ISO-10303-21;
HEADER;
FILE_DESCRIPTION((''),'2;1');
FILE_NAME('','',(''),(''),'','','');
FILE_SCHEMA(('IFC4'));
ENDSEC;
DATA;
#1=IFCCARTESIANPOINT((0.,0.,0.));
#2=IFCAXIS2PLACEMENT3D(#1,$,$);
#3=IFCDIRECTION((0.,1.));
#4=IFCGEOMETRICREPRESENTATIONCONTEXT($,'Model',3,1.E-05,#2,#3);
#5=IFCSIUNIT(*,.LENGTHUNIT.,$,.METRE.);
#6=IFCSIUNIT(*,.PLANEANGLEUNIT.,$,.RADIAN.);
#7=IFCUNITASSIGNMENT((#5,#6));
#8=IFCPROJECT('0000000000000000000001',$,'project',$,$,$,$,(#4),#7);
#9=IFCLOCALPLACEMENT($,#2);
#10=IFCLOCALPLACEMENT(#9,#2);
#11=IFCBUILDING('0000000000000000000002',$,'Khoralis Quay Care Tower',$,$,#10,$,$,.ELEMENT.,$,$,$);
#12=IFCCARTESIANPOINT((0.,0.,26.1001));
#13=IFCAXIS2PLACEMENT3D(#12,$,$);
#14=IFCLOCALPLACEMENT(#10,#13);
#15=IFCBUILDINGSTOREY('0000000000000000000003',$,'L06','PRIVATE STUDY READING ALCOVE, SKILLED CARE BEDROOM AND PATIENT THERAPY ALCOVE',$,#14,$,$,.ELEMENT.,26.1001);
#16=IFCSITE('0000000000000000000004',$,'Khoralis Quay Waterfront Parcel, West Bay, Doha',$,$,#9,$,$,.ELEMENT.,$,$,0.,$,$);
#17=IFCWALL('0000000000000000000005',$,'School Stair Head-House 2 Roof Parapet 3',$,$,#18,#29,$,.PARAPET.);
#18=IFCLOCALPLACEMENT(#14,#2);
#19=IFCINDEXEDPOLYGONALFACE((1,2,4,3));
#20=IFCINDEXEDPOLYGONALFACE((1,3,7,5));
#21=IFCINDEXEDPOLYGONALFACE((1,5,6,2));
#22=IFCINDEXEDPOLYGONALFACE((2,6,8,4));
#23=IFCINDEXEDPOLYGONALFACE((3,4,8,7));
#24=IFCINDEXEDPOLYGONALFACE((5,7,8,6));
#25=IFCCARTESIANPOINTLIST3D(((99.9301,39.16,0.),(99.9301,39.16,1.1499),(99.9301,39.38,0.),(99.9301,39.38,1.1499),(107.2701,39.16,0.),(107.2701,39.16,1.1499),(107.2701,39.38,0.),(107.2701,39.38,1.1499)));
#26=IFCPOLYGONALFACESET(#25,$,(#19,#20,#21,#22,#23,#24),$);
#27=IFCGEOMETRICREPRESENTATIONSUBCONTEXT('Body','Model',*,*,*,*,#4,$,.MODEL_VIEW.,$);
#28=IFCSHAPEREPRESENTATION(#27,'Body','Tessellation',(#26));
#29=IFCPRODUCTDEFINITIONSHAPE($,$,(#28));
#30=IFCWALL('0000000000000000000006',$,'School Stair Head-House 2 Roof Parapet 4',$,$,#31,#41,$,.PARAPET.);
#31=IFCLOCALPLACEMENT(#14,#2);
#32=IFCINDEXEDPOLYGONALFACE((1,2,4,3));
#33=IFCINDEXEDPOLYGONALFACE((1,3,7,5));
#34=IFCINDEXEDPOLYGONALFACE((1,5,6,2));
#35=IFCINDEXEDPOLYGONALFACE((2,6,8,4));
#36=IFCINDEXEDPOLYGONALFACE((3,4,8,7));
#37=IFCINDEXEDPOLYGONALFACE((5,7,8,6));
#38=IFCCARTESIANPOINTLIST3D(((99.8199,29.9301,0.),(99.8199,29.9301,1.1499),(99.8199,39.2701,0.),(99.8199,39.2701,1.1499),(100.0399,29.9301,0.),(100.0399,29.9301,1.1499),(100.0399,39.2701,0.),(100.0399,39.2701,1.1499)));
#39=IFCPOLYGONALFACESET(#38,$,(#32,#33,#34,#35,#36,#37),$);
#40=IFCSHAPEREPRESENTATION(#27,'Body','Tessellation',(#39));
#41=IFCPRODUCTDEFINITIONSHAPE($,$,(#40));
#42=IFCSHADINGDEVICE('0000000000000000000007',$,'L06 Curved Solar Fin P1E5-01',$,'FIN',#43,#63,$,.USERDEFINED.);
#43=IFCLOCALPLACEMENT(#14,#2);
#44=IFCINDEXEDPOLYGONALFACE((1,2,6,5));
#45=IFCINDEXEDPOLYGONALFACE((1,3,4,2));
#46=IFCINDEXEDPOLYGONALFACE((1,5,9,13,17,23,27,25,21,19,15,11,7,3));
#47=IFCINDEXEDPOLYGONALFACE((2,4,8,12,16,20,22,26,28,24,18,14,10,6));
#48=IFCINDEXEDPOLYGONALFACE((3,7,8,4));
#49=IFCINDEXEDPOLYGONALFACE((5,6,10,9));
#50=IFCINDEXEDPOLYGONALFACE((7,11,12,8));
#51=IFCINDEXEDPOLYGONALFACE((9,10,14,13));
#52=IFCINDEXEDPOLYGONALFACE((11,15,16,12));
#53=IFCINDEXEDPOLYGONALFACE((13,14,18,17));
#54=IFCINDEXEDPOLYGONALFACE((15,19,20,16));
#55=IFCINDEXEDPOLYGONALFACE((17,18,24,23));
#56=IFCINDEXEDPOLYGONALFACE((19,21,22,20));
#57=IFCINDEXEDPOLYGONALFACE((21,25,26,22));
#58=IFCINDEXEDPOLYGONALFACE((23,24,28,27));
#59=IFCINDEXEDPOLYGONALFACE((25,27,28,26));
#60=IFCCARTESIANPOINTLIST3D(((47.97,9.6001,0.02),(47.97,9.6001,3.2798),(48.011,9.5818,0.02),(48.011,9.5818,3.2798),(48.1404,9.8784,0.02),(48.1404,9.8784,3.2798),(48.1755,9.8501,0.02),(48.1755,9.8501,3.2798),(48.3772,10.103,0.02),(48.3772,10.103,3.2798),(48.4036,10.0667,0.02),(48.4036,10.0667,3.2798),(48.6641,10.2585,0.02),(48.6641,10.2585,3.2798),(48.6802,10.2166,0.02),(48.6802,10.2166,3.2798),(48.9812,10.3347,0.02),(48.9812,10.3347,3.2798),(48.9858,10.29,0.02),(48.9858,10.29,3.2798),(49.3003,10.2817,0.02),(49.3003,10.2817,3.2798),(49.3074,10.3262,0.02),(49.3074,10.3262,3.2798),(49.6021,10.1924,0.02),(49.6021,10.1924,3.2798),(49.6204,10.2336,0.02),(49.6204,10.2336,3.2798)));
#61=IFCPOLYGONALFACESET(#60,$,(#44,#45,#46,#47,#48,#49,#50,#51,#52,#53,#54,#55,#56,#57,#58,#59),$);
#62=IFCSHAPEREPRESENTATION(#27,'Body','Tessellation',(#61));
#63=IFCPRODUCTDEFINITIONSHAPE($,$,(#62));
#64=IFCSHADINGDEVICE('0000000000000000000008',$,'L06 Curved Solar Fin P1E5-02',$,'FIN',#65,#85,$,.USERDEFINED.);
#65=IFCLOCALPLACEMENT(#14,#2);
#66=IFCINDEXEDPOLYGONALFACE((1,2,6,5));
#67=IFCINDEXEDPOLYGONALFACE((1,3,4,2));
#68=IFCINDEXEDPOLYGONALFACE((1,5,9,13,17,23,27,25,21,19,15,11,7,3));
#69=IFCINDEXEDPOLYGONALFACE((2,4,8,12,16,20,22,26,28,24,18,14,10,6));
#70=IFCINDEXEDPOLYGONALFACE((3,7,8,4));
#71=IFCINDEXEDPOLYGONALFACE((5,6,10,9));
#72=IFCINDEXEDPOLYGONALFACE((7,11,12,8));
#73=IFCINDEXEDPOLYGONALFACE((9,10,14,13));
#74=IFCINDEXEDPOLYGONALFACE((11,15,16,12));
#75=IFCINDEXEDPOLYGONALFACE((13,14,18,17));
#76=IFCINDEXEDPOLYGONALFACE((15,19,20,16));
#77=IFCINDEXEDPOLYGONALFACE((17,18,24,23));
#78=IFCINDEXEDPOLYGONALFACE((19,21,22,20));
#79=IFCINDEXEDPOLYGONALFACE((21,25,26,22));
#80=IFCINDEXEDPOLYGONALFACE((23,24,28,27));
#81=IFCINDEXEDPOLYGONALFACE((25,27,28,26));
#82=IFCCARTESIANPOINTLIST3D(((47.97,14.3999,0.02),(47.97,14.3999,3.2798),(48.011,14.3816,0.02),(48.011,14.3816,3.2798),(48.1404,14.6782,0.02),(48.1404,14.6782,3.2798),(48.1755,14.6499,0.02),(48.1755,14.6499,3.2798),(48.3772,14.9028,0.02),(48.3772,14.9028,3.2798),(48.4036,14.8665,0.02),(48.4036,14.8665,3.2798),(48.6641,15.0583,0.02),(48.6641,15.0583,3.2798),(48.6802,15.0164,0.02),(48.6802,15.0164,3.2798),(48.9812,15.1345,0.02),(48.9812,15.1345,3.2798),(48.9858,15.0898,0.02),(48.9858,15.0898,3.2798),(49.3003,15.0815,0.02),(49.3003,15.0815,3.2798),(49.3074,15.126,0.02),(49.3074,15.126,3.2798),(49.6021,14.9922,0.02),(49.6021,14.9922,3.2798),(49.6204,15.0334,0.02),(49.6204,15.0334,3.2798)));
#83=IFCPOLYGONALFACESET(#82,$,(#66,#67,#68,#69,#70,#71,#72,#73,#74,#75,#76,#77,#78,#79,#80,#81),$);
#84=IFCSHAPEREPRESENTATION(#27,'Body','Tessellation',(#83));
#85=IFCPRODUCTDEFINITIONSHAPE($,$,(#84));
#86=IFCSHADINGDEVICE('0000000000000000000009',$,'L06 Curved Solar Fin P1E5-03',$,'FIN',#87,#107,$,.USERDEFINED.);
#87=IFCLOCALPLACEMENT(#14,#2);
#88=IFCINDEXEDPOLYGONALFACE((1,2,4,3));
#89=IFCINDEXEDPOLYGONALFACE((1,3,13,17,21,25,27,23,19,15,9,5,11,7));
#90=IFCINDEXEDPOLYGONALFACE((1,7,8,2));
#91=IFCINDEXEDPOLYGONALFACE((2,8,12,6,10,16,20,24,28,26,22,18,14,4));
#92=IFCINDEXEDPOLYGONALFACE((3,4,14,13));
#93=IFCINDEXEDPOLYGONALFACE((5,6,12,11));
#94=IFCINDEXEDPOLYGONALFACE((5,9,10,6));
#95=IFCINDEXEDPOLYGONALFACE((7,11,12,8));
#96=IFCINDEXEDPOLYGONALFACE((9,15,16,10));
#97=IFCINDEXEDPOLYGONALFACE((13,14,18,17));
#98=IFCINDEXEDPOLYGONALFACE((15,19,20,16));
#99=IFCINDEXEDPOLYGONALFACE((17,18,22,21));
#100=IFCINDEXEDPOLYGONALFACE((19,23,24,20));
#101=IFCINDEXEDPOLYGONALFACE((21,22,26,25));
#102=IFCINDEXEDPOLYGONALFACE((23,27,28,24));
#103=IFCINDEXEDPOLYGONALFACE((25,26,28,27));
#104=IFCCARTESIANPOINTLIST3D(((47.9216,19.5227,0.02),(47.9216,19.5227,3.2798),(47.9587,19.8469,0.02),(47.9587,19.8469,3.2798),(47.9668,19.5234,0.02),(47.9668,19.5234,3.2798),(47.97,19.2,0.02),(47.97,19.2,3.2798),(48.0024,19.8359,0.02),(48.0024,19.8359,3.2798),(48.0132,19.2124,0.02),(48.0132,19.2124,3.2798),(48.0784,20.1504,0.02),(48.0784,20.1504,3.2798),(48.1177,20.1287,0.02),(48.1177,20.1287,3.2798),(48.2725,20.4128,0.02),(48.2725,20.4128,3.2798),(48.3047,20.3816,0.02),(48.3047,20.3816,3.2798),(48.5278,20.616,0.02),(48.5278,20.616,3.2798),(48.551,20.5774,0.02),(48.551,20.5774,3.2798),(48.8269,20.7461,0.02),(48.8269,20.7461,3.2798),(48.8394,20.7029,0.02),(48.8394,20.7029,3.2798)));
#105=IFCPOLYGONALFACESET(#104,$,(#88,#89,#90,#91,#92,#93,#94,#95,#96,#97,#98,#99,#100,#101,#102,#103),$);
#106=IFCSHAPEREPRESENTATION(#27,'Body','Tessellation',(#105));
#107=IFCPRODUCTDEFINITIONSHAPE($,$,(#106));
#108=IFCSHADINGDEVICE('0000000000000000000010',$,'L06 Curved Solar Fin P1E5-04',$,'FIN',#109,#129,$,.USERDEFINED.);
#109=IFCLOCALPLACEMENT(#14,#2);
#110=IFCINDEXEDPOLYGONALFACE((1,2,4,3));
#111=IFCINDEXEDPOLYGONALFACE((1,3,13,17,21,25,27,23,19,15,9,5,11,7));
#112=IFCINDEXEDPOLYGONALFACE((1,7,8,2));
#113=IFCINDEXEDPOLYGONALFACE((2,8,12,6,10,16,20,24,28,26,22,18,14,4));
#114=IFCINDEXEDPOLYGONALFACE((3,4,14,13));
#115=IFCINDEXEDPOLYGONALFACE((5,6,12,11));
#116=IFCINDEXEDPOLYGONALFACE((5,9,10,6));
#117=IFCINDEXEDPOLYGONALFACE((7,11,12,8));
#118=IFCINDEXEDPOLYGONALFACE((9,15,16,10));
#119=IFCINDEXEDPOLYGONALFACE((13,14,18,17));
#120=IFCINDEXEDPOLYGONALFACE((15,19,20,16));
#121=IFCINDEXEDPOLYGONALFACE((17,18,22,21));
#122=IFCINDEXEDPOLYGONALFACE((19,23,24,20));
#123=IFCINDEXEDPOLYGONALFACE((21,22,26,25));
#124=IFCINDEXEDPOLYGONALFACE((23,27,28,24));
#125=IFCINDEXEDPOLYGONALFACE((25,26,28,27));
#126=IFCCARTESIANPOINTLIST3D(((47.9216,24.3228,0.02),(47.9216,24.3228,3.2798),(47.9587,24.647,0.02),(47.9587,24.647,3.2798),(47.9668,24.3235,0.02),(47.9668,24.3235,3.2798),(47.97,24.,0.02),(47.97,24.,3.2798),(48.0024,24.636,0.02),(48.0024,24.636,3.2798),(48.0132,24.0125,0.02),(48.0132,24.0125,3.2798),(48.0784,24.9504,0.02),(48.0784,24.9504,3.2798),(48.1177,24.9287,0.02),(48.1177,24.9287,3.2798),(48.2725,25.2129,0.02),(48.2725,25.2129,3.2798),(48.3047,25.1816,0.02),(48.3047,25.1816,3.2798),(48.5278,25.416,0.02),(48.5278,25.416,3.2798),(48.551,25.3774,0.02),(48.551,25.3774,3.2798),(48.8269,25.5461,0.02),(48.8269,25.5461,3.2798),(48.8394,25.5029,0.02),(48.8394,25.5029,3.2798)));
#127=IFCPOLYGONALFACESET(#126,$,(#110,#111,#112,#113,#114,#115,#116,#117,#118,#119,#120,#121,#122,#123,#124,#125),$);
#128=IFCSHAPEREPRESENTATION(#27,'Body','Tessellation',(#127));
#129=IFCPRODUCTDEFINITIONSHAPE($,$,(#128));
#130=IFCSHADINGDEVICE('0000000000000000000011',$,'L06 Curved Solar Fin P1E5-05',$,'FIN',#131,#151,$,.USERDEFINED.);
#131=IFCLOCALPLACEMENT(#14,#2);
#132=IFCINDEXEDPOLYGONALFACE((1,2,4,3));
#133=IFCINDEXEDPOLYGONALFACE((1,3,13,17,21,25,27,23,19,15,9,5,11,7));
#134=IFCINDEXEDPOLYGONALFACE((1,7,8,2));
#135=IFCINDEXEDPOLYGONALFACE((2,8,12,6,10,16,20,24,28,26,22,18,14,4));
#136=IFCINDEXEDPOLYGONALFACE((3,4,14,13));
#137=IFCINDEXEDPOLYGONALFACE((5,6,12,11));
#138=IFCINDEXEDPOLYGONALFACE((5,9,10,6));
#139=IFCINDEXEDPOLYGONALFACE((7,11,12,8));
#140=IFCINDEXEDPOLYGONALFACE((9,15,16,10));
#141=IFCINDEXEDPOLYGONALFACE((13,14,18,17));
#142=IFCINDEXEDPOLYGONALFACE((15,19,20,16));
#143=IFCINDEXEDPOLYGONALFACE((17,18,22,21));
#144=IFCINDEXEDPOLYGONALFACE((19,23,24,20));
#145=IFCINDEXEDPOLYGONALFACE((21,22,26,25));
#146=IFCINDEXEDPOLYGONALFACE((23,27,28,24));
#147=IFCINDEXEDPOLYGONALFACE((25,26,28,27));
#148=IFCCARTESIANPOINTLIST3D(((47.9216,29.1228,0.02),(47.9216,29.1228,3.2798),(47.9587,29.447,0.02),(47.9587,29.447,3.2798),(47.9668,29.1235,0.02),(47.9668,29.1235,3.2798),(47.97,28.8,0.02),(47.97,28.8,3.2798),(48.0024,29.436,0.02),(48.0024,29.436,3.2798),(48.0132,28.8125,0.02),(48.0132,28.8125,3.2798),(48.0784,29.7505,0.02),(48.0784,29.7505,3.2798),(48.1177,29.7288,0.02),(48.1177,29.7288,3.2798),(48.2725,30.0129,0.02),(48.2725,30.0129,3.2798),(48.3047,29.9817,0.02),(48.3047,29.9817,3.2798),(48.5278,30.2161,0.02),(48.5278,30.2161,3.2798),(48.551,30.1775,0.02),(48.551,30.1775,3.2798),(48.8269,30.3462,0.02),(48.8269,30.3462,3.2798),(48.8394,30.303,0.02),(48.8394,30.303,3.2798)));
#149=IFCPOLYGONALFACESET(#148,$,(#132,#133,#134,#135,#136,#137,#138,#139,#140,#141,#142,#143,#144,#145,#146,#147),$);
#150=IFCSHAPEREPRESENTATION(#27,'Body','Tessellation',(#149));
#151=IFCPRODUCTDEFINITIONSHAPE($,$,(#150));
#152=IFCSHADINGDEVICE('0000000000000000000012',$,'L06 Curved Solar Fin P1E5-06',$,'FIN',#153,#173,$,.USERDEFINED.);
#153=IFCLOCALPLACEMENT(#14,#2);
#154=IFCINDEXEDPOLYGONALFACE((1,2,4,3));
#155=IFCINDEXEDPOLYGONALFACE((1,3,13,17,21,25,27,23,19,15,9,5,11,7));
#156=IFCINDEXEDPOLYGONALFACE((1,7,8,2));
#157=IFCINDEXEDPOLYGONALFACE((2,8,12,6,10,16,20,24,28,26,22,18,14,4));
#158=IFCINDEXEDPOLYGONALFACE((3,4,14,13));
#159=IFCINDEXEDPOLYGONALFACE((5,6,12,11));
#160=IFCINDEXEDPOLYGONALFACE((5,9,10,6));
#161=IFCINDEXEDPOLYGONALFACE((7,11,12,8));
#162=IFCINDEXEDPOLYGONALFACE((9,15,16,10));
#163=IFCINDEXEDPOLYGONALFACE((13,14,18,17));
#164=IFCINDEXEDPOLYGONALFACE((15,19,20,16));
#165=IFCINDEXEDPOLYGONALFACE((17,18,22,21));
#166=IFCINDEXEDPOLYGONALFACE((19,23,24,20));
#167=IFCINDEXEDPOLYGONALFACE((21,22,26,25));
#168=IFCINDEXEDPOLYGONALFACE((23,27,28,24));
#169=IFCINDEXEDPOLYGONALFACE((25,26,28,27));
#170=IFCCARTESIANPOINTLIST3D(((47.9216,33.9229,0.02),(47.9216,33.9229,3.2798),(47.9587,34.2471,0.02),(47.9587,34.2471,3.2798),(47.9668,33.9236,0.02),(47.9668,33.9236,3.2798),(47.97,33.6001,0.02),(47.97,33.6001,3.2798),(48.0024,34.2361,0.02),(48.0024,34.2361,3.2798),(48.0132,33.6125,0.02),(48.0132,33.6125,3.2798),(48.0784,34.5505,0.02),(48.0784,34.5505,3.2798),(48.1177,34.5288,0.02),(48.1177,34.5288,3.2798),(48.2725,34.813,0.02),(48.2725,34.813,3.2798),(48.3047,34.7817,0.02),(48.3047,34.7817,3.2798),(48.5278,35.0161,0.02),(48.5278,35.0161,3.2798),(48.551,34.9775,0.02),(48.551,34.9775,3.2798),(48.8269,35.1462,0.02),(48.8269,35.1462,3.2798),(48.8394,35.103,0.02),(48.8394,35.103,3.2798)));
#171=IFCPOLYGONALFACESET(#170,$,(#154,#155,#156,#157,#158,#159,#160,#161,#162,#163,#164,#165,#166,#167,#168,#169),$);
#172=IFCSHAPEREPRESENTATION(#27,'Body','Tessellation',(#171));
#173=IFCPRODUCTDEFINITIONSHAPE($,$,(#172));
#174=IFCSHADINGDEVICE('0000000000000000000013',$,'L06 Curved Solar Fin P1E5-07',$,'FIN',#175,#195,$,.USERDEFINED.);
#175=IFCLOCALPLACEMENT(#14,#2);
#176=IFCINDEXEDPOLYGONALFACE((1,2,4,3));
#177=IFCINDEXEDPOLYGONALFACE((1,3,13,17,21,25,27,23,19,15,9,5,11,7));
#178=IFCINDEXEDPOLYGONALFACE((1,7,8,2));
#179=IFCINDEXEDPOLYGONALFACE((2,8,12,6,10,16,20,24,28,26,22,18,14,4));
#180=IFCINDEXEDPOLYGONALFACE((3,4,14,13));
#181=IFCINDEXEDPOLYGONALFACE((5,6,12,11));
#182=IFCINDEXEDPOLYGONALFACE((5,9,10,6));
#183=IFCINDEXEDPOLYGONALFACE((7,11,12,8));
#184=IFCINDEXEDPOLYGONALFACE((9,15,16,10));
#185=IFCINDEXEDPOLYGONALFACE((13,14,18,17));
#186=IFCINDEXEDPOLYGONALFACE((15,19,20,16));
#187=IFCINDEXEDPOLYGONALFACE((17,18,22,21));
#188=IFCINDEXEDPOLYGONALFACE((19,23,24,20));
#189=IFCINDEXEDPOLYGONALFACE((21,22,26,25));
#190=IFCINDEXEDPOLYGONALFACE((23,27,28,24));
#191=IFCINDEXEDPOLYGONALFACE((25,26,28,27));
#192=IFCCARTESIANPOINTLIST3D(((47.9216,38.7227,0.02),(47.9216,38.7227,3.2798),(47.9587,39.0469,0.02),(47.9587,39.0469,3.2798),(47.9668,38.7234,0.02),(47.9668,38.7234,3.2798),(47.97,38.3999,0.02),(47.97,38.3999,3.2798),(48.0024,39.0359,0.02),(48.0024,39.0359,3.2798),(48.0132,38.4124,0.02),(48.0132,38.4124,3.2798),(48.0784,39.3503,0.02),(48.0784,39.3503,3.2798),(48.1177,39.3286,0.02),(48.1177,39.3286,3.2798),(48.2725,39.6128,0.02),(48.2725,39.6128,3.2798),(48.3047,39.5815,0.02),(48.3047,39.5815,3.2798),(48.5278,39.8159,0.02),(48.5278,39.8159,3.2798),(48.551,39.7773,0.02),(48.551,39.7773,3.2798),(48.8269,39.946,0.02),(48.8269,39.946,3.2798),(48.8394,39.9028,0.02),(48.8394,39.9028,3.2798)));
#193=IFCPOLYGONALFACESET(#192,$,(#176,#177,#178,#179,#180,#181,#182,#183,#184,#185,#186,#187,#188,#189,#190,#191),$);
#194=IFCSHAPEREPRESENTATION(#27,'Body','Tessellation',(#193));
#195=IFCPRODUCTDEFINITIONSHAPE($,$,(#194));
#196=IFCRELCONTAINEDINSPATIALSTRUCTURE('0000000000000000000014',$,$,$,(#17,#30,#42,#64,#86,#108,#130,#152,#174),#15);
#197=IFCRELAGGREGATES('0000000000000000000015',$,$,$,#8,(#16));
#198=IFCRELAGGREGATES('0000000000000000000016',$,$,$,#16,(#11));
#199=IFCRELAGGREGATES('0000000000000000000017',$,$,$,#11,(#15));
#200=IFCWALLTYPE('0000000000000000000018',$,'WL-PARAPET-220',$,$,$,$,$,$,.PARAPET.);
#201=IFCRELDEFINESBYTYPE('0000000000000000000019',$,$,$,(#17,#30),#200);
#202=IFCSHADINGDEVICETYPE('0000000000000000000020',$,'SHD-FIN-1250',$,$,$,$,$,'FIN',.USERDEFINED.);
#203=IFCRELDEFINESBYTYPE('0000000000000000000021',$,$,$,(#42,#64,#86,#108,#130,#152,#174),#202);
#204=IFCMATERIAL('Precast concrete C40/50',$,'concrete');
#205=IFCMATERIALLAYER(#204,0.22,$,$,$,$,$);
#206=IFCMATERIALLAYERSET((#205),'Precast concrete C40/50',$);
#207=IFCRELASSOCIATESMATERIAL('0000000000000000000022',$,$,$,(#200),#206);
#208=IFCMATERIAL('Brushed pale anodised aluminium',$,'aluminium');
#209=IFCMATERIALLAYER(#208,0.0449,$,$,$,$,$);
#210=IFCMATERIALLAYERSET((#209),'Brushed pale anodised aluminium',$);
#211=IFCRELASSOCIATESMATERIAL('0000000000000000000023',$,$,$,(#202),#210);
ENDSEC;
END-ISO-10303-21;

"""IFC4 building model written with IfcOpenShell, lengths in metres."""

from ifc_helpers import new_model, si_unit, direction, frame, frame_2d, origin, place, context, subcontext, project, spatial, polyline, rectangle, outline, extrude, source, transform, mapped, material, layer, layer_set, type_object, element, save


model = new_model("IFC4")

# Units and contexts
model_context = context("Model", 3, precision=1e-05, world=origin(), true_north=direction((0.0, 1.0)))
body_context = subcontext(model_context, "Body", "Model", "MODEL_VIEW")
ifc_project = project(units=[si_unit("LENGTHUNIT", "METRE"), si_unit("PLANEANGLEUNIT", "RADIAN")], contexts=[model_context])

# Site, building, storey
site_placement = place(None, origin())
site = spatial("IfcSite", under=ifc_project, at=site_placement, Name="Khoralis Quay Waterfront Parcel, West Bay, Doha", CompositionType="ELEMENT", RefElevation=0.0)
building_placement = place(site_placement, origin())
building = spatial("IfcBuilding", under=site, at=building_placement, Name="Khoralis Quay Care Tower", CompositionType="ELEMENT")
storey_placement = place(building_placement, frame((0.0, 0.0, 26.1001)))
storey = spatial("IfcBuildingStorey", under=building, at=storey_placement, Name="L06", Description="PRIVATE STUDY READING ALCOVE, SKILLED CARE BEDROOM AND PATIENT THERAPY ALCOVE", CompositionType="ELEMENT", Elevation=26.1001)

# Walls
ifc_material_1 = material(Name="Precast concrete C40/50", Category="concrete")
ifc_layer_1 = layer(ifc_material_1, 0.22)
ifc_layer_set_1 = layer_set([ifc_layer_1], Name="Precast concrete C40/50")
wall_type_1 = type_object("IfcWallType", Name="WL-PARAPET-220", PredefinedType="PARAPET", material=ifc_layer_set_1)
wall_1_placement = place(storey_placement, frame((107.27, 39.27, 0.0), z_axis=(0.0, 0.0, 1.0), x_axis=(-1.0, 0.0, 0.0)))
element("IfcWall", 1, at=wall_1_placement, inside=storey, type_object=wall_type_1, Name="School Stair Head-House 2 Roof Parapet 3", PredefinedType="PARAPET", context=body_context, shape_type="SweptSolid", body=[
    extrude(rectangle(XDim=7.3401, YDim=0.22, at=frame_2d((3.6699, 0.0))), origin(), (0.0, 0.0, 1.0), 1.1499),
])
wall_2_placement = place(storey_placement, frame((99.9299, 39.27, 0.0), z_axis=(0.0, 0.0, 1.0), x_axis=(0.0, -1.0, 0.0)))
element("IfcWall", 2, at=wall_2_placement, inside=storey, type_object=wall_type_1, Name="School Stair Head-House 2 Roof Parapet 4", PredefinedType="PARAPET", context=body_context, shape_type="SweptSolid", body=[
    extrude(rectangle(XDim=9.3401, YDim=0.22, at=frame_2d((4.6699, 0.0))), origin(), (0.0, 0.0, 1.0), 1.1499),
])

# Shading devices
ifc_material_2 = material(Name="Brushed pale anodised aluminium", Category="aluminium")
ifc_layer_2 = layer(ifc_material_2, 0.0449)
ifc_layer_set_2 = layer_set([ifc_layer_2], Name="Brushed pale anodised aluminium")
shading_device_type = type_object("IfcShadingDeviceType", Name="SHD-FIN-1250", ElementType="FIN", PredefinedType="USERDEFINED", material=ifc_layer_set_2)
shared_shape_1 = source(origin(), body_context, "Body", "SweptSolid", [
    extrude(outline(polyline([(0.0, 0.0), (0.1704, 0.2783), (0.4072, 0.5029), (0.6941, 0.6584), (1.0112, 0.7346), (1.3374, 0.7261), (1.6504, 0.6335), (1.6321, 0.5923), (1.3303, 0.6816), (1.0159, 0.6899), (0.7102, 0.6165), (0.4336, 0.4666), (0.2056, 0.25), (0.041, -0.0183), (0.0, 0.0)])), origin(), (0.0, 0.0, 1.0), 3.2598),
])
for number, where, z_axis, x_axis, name in (
    (3, (47.97, 9.6001, 0.02), (0.0, 0.0, 1.0), (1.0, 0.0, 0.0), "L06 Curved Solar Fin P1E5-01"),
    (4, (47.97, 14.3999, 0.02), (0.0, 0.0, 1.0), (1.0, 0.0, 0.0), "L06 Curved Solar Fin P1E5-02"),
):
    element("IfcShadingDevice", number, at=place(storey_placement, frame(where, z_axis=z_axis, x_axis=x_axis)), inside=storey, type_object=shading_device_type, Name=name, ObjectType="FIN", PredefinedType="USERDEFINED", context=body_context, shape_type="MappedRepresentation", body=[
        mapped(shared_shape_1, transform((0.0, 0.0, 0.0), scale=1.0)),
    ])
shared_shape_2 = source(origin(), body_context, "Body", "SweptSolid", [
    extrude(outline(polyline([(0.0, 0.0), (-0.0483, 0.3228), (-0.0112, 0.647), (0.1084, 0.9504), (0.3025, 1.2129), (0.5579, 1.416), (0.8569, 1.5461), (0.8694, 1.5029), (0.5811, 1.3774), (0.3347, 1.1816), (0.1477, 0.9287), (0.0325, 0.636), (-0.0032, 0.3235), (0.0432, 0.0125), (0.0, 0.0)])), origin(), (0.0, 0.0, 1.0), 3.2598),
])
for number, where, z_axis, x_axis, name in (
    (5, (47.97, 19.2, 0.02), (0.0, 0.0, 1.0), (1.0, 0.0, 0.0), "L06 Curved Solar Fin P1E5-03"),
    (6, (47.97, 24.0, 0.02), (0.0, 0.0, 1.0), (1.0, 0.0, 0.0), "L06 Curved Solar Fin P1E5-04"),
    (7, (47.97, 28.8, 0.02), (0.0, 0.0, 1.0), (1.0, 0.0, 0.0), "L06 Curved Solar Fin P1E5-05"),
    (8, (47.97, 33.6001, 0.02), (0.0, 0.0, 1.0), (1.0, 0.0, 0.0), "L06 Curved Solar Fin P1E5-06"),
    (9, (47.97, 38.3999, 0.02), (0.0, 0.0, 1.0), (1.0, 0.0, 0.0), "L06 Curved Solar Fin P1E5-07"),
):
    element("IfcShadingDevice", number, at=place(storey_placement, frame(where, z_axis=z_axis, x_axis=x_axis)), inside=storey, type_object=shading_device_type, Name=name, ObjectType="FIN", PredefinedType="USERDEFINED", context=body_context, shape_type="MappedRepresentation", body=[
        mapped(shared_shape_2, transform((0.0, 0.0, 0.0), scale=1.0)),
    ])

save(model, "model.ifc")
